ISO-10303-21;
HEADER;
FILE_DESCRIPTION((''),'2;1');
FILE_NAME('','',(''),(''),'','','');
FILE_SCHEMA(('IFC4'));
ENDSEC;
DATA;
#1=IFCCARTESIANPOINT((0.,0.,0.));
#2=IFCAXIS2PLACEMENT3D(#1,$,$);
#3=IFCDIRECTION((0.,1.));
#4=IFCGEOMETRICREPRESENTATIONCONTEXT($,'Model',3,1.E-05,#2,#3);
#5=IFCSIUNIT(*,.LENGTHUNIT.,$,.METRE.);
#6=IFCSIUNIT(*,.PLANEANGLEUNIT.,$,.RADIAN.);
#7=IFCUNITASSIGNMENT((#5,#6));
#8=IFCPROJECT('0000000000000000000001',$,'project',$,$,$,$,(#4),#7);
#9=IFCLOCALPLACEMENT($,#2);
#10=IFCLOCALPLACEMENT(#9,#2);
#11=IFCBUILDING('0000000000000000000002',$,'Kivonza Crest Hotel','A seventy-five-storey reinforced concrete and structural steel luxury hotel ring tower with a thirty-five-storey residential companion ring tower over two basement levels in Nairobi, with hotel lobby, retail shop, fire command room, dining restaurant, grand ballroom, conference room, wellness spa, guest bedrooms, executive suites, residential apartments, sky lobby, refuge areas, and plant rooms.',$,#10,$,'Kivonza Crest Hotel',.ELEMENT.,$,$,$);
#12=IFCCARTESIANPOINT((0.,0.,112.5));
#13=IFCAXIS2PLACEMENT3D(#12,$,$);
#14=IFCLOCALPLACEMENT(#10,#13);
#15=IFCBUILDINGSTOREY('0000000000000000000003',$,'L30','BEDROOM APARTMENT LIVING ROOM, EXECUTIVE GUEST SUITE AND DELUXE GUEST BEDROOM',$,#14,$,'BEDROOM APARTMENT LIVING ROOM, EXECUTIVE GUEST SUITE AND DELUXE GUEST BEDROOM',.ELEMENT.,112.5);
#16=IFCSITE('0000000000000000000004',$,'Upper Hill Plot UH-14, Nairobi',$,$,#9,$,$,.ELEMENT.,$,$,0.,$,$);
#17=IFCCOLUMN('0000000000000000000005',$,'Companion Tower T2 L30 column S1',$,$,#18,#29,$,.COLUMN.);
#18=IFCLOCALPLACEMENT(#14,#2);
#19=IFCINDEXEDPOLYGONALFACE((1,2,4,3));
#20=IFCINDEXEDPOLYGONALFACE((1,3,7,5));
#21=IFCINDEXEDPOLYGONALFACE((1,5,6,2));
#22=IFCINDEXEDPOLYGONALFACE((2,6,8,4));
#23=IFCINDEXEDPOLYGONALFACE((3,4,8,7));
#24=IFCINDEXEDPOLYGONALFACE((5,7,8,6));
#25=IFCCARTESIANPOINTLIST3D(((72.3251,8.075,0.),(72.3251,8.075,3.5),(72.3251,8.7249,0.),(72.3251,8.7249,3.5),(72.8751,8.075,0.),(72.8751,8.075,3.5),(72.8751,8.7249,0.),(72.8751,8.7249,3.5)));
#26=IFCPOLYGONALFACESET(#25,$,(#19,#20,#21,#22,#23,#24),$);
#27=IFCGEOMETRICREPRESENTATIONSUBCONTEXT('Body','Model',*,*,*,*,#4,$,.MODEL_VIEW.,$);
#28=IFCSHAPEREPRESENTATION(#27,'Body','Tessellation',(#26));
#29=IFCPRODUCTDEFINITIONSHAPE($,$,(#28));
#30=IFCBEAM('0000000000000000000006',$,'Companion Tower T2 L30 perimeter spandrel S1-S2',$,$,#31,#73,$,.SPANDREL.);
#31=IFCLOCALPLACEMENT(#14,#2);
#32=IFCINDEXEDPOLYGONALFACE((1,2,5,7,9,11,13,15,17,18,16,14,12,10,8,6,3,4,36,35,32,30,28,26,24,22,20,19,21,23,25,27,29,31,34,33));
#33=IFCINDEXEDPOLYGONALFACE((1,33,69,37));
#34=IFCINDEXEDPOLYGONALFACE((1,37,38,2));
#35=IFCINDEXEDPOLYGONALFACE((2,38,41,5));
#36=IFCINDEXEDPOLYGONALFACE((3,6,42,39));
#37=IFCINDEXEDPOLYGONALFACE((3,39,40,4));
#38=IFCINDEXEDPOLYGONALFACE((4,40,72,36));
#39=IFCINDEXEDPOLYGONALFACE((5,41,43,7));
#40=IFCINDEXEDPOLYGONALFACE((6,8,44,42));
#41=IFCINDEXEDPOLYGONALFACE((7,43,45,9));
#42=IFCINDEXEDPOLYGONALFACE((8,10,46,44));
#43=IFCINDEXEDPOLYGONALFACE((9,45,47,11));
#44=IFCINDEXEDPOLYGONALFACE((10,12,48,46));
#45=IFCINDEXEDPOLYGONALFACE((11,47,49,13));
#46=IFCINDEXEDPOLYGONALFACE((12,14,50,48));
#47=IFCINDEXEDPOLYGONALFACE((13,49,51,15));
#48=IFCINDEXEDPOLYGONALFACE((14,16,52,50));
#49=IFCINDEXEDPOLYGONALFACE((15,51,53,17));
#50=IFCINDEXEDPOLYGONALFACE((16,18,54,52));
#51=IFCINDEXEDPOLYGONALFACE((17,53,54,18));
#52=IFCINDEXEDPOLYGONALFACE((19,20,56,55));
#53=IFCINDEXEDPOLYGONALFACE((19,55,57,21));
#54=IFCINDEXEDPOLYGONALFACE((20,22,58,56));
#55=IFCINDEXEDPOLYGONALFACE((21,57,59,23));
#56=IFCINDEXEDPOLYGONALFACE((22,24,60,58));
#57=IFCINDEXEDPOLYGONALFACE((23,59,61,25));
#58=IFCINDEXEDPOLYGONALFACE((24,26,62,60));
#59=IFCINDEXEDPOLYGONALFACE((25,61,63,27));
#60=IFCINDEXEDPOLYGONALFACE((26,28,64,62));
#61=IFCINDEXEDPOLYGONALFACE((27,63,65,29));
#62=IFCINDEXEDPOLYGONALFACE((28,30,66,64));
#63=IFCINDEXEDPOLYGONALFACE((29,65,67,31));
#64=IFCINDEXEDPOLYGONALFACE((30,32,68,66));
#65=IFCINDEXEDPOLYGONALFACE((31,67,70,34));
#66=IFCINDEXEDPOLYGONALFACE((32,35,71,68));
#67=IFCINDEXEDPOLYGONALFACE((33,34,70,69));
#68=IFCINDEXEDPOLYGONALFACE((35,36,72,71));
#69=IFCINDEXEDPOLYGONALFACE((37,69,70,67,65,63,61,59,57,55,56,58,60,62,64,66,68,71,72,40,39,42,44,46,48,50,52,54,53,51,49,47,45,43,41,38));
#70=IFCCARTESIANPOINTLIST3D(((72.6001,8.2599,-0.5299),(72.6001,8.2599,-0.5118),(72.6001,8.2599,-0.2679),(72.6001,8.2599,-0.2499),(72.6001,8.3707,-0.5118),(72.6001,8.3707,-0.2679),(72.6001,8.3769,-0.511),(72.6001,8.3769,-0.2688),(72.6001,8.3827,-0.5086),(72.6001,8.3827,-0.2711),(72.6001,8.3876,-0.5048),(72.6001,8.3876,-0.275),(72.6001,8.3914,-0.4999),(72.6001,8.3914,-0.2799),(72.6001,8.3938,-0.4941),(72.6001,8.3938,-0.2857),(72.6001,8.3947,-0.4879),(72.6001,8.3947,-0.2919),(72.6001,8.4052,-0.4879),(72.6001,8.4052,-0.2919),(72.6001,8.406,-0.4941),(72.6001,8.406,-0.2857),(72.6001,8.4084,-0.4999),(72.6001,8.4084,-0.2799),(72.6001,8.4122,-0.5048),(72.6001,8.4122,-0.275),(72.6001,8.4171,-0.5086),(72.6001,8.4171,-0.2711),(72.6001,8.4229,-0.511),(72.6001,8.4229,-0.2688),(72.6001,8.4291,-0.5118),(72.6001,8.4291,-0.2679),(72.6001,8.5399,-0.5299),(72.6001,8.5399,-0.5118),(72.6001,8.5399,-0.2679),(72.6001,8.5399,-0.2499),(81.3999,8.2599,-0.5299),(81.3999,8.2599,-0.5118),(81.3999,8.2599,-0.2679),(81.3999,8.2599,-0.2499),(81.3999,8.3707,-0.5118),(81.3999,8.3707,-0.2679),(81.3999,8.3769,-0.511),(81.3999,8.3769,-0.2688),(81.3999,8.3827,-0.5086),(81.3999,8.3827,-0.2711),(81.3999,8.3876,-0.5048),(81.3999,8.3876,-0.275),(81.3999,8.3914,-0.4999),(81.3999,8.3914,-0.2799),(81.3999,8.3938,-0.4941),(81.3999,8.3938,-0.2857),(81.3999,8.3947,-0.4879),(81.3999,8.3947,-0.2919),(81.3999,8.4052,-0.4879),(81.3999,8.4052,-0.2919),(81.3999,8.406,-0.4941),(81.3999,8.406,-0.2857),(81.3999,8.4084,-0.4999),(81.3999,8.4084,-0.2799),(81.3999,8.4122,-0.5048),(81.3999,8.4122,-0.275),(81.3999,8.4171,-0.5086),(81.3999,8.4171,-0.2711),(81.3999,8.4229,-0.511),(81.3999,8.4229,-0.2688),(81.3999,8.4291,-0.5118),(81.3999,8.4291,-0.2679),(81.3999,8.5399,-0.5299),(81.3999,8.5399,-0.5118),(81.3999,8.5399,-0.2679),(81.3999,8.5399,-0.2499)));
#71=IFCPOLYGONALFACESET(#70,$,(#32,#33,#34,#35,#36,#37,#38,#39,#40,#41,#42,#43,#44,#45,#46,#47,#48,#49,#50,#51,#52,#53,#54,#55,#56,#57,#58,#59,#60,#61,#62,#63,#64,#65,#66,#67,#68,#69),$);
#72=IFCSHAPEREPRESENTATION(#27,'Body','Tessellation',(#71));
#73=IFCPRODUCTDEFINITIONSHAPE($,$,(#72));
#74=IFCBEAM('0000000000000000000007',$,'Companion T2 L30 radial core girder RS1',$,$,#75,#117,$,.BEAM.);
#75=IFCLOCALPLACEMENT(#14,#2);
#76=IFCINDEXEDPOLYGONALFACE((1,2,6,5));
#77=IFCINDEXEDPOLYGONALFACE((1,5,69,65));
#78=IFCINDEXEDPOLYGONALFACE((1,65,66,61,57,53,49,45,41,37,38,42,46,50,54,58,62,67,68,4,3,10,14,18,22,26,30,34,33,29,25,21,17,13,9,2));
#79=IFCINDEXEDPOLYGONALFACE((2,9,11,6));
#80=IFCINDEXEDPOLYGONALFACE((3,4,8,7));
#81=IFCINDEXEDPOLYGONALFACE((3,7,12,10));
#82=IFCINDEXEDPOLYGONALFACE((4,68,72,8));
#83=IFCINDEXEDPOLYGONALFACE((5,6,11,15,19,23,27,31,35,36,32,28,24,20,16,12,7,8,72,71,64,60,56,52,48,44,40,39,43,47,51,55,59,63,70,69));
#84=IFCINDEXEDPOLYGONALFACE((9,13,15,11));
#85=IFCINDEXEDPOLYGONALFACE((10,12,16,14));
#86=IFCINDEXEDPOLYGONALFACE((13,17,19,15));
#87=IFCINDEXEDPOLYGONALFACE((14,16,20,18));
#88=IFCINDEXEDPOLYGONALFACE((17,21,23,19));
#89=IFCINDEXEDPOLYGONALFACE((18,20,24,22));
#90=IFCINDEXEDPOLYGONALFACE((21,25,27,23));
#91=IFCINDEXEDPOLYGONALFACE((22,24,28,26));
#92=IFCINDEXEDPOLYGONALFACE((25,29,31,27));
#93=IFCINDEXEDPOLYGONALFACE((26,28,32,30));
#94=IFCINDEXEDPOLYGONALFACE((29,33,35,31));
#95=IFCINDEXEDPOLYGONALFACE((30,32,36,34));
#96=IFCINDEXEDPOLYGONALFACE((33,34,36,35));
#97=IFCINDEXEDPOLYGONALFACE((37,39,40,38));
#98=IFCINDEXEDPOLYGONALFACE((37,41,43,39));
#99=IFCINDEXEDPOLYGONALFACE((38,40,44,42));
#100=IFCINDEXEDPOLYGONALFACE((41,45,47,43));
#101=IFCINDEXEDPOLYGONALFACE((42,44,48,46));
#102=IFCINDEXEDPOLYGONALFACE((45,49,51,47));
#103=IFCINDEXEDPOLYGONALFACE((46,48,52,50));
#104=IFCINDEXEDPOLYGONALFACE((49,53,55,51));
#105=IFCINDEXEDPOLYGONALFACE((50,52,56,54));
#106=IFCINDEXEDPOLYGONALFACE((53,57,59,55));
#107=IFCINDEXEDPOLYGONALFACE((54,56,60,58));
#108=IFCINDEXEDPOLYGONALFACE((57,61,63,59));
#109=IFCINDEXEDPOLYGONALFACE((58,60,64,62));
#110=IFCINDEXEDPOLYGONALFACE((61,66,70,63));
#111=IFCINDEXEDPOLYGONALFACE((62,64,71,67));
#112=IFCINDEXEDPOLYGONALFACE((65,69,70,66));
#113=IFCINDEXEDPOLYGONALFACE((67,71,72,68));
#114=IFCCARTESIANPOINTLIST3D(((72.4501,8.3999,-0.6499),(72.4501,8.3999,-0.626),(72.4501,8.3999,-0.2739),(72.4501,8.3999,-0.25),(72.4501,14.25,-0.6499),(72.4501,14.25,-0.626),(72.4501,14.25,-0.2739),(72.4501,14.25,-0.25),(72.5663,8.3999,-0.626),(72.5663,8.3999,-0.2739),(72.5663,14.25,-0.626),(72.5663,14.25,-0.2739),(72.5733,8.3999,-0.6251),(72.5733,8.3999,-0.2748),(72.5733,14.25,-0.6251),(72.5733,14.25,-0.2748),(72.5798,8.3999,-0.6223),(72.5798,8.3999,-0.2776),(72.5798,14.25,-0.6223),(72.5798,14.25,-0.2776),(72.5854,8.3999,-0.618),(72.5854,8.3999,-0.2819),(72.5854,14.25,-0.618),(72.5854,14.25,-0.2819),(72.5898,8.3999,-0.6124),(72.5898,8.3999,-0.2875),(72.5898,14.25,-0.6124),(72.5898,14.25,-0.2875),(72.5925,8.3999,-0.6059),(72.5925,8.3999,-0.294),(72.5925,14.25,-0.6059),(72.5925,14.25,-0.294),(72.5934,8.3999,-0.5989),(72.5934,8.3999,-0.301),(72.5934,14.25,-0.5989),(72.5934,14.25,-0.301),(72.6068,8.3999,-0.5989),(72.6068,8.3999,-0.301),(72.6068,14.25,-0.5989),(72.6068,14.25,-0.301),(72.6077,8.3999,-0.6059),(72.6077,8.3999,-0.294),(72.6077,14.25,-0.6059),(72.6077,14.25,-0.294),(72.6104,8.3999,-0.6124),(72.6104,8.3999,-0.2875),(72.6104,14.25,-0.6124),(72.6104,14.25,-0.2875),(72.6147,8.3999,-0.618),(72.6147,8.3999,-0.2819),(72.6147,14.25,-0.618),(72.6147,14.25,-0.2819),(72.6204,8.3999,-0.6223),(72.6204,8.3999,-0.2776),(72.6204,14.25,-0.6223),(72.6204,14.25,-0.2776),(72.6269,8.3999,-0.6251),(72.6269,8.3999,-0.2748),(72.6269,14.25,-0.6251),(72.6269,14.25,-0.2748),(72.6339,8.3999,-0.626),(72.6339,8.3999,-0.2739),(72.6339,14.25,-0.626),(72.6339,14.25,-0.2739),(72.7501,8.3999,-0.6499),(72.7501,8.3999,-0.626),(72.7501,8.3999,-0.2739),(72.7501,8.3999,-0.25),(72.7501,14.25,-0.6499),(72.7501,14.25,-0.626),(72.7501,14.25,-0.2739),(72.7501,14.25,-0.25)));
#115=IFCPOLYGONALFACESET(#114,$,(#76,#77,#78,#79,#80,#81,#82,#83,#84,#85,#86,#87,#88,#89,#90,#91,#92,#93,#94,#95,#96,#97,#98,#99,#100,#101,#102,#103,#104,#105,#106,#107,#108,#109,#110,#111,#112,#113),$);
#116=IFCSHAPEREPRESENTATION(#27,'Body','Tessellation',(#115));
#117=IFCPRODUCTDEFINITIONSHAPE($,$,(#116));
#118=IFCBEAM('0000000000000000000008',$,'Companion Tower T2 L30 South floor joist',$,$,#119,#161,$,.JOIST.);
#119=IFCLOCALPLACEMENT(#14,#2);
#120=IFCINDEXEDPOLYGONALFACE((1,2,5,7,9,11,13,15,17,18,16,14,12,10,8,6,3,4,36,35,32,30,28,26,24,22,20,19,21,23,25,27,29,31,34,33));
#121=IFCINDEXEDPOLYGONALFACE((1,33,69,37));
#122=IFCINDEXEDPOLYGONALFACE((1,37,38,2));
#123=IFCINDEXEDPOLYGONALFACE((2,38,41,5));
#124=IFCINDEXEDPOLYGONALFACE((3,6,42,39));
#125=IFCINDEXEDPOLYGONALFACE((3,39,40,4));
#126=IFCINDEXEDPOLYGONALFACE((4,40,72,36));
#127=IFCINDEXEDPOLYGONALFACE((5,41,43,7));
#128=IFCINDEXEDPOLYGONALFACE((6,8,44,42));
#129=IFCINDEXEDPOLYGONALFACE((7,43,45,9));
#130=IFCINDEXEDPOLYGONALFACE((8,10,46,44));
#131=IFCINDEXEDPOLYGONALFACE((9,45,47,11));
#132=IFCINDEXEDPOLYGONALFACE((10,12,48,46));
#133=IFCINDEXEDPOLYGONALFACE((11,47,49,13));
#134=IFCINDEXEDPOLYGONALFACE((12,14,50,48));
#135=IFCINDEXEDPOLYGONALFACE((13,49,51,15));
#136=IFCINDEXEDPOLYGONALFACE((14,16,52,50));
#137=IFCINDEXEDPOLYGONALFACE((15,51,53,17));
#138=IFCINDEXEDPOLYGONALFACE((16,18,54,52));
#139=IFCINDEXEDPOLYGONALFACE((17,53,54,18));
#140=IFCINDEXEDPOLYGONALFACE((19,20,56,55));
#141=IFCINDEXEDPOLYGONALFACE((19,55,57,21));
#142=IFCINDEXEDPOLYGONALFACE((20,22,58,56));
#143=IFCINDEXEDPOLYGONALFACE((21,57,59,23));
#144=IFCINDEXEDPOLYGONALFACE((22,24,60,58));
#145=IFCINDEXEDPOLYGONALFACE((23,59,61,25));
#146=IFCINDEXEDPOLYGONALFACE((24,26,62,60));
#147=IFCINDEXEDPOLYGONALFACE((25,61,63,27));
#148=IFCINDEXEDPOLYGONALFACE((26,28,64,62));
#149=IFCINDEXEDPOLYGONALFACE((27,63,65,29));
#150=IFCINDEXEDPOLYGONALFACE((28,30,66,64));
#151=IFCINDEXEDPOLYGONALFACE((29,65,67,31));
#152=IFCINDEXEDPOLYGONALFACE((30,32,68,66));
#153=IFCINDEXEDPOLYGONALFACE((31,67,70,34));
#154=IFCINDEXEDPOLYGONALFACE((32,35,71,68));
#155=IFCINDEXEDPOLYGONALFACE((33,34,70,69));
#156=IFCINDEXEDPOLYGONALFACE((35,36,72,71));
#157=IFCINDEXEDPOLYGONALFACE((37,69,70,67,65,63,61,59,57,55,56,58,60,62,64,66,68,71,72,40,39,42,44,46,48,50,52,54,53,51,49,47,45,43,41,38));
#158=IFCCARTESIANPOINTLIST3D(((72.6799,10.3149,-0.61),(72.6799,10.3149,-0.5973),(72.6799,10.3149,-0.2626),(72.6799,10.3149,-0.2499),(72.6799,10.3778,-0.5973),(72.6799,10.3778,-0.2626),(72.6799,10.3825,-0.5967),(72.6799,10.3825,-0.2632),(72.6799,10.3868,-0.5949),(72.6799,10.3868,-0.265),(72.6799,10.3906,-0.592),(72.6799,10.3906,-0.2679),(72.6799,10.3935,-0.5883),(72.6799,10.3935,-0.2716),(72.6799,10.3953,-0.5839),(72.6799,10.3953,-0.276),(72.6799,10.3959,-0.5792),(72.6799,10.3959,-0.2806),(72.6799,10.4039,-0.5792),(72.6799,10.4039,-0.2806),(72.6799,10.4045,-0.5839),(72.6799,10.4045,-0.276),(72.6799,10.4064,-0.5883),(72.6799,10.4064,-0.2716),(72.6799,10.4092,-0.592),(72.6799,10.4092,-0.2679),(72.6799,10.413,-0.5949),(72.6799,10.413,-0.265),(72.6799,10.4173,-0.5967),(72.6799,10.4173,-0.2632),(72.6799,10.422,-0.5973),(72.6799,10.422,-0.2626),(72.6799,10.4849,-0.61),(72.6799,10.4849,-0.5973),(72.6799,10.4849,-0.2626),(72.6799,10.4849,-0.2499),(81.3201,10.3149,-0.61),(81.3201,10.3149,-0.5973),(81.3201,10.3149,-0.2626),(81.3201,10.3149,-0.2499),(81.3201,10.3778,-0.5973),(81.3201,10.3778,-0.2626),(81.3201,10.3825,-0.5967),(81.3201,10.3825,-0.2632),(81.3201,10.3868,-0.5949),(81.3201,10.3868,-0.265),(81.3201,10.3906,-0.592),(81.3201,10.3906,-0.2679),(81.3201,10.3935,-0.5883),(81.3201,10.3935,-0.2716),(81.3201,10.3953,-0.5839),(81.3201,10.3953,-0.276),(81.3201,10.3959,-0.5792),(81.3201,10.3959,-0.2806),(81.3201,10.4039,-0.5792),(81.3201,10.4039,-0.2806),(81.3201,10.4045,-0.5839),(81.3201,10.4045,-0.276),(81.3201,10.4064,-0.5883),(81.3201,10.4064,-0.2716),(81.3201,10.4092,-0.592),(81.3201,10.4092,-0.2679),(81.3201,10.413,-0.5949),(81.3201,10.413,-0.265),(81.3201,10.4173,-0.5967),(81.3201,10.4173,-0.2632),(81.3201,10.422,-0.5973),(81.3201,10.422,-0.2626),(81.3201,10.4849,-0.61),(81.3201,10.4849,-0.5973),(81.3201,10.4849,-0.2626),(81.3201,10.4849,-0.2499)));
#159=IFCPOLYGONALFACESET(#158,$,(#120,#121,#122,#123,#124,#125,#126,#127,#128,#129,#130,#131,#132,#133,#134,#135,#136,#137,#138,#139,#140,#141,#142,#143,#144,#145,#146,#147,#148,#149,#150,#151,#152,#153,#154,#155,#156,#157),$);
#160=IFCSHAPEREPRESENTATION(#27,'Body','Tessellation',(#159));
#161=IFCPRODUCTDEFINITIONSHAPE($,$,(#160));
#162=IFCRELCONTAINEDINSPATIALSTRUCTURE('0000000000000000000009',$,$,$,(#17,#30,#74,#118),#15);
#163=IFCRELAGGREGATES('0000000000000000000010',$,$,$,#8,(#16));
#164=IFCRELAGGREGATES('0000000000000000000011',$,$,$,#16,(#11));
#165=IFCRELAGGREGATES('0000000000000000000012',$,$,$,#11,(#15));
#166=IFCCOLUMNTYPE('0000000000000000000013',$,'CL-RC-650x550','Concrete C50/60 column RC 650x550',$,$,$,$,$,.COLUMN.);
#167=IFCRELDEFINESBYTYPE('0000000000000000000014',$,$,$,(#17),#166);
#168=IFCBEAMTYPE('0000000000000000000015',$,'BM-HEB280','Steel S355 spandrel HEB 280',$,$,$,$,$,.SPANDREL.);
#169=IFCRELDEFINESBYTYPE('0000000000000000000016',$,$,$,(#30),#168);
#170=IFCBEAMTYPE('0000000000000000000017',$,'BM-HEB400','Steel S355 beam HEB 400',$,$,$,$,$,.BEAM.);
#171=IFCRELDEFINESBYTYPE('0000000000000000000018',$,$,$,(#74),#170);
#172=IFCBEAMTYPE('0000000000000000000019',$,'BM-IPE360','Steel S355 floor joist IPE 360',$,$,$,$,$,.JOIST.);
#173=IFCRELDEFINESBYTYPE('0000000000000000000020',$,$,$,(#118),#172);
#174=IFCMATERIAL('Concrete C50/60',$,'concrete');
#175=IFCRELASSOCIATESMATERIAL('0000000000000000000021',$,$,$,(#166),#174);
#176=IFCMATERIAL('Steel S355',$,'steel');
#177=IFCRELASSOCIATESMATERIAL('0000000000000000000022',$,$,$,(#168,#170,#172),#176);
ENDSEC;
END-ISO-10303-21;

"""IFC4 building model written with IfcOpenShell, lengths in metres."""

from ifc_helpers import new_model, si_unit, direction, frame, origin, origin_2d, place, context, subcontext, project, spatial, rectangle, i_section, extrude, material, material_profile, profile_set, type_object, element, save


model = new_model("IFC4")

# Units and contexts
model_context = context("Model", 3, precision=1e-05, world=origin(), true_north=direction((0.0, 1.0)))
body_context = subcontext(model_context, "Body", "Model", "MODEL_VIEW")
ifc_project = project(units=[si_unit("LENGTHUNIT", "METRE"), si_unit("PLANEANGLEUNIT", "RADIAN")], contexts=[model_context])

# Site, building, storey
site_placement = place(None, origin())
site = spatial("IfcSite", under=ifc_project, at=site_placement, Name="Upper Hill Plot UH-14, Nairobi", CompositionType="ELEMENT", RefElevation=0.0)
building_placement = place(site_placement, origin())
building = spatial("IfcBuilding", under=site, at=building_placement, Name="Kivonza Crest Hotel", Description="A seventy-five-storey reinforced concrete and structural steel luxury hotel ring tower with a thirty-five-storey residential companion ring tower over two basement levels in Nairobi, with hotel lobby, retail shop, fire command room, dining restaurant, grand ballroom, conference room, wellness spa, guest bedrooms, executive suites, residential apartments, sky lobby, refuge areas, and plant rooms.", LongName="Kivonza Crest Hotel", CompositionType="ELEMENT")
storey_placement = place(building_placement, frame((0.0, 0.0, 112.5)))
storey = spatial("IfcBuildingStorey", under=building, at=storey_placement, Name="L30", Description="BEDROOM APARTMENT LIVING ROOM, EXECUTIVE GUEST SUITE AND DELUXE GUEST BEDROOM", LongName="BEDROOM APARTMENT LIVING ROOM, EXECUTIVE GUEST SUITE AND DELUXE GUEST BEDROOM", CompositionType="ELEMENT", Elevation=112.5)

# Column
ifc_material_1 = material(Name="Concrete C50/60", Category="concrete")
ifc_material_profile_1 = material_profile(ifc_material_1, rectangle(XDim=0.55, YDim=0.6499, at=origin_2d()), Name="RC 650x550")
ifc_profile_set_1 = profile_set([ifc_material_profile_1], Name="Concrete C50/60")
column_type = type_object("IfcColumnType", Name="CL-RC-650x550", Description="Concrete C50/60 column RC 650x550", PredefinedType="COLUMN", material=ifc_profile_set_1)
column_placement = place(storey_placement, frame((72.6001, 8.3999, 0.0), z_axis=(0.0, 0.0, 1.0), x_axis=(1.0, 0.0, 0.0)))
element("IfcColumn", 1, at=column_placement, inside=storey, type_object=column_type, Name="Companion Tower T2 L30 column S1", PredefinedType="COLUMN", context=body_context, shape_type="SweptSolid", body=[
    extrude(rectangle(XDim=0.55, YDim=0.6499, at=origin_2d()), origin(), (0.0, 0.0, 1.0), 3.5),
])

# Beams
ifc_material_2 = material(Name="Steel S355", Category="steel")
ifc_material_profile_2 = material_profile(ifc_material_2, i_section(OverallWidth=0.28, OverallDepth=0.28, WebThickness=0.0105, FlangeThickness=0.0181, FilletRadius=0.0239, at=origin_2d()), Name="HEB 280")
ifc_profile_set_2 = profile_set([ifc_material_profile_2], Name="Steel S355")
beam_type_1 = type_object("IfcBeamType", Name="BM-HEB280", Description="Steel S355 spandrel HEB 280", PredefinedType="SPANDREL", material=ifc_profile_set_2)
beam_1_placement = place(storey_placement, frame((72.6001, 8.3999, -0.3899), z_axis=(1.0, 0.0, 0.0), x_axis=(0.0, 1.0, 0.0)))
element("IfcBeam", 2, at=beam_1_placement, inside=storey, type_object=beam_type_1, Name="Companion Tower T2 L30 perimeter spandrel S1-S2", PredefinedType="SPANDREL", context=body_context, shape_type="SweptSolid", body=[
    extrude(i_section(OverallWidth=0.28, OverallDepth=0.28, WebThickness=0.0105, FlangeThickness=0.0181, FilletRadius=0.0239, at=origin_2d()), origin(), (0.0, 0.0, 1.0), 8.7998),
])
ifc_material_profile_3 = material_profile(ifc_material_2, i_section(OverallWidth=0.3, OverallDepth=0.3999, WebThickness=0.0134, FlangeThickness=0.0239, FilletRadius=0.0271, at=origin_2d()), Name="HEB 400")
ifc_profile_set_3 = profile_set([ifc_material_profile_3], Name="Steel S355")
beam_type_2 = type_object("IfcBeamType", Name="BM-HEB400", Description="Steel S355 beam HEB 400", PredefinedType="BEAM", material=ifc_profile_set_3)
beam_2_placement = place(storey_placement, frame((72.6001, 8.3999, -0.45), z_axis=(0.0, 1.0, 0.0), x_axis=(-1.0, 0.0, 0.0)))
element("IfcBeam", 3, at=beam_2_placement, inside=storey, type_object=beam_type_2, Name="Companion T2 L30 radial core girder RS1", PredefinedType="BEAM", context=body_context, shape_type="SweptSolid", body=[
    extrude(i_section(OverallWidth=0.3, OverallDepth=0.3999, WebThickness=0.0134, FlangeThickness=0.0239, FilletRadius=0.0271, at=origin_2d()), origin(), (0.0, 0.0, 1.0), 5.8501),
])
ifc_material_profile_4 = material_profile(ifc_material_2, i_section(OverallWidth=0.1699, OverallDepth=0.3601, WebThickness=0.0081, FlangeThickness=0.0127, FilletRadius=0.0181, at=origin_2d()), Name="IPE 360")
ifc_profile_set_4 = profile_set([ifc_material_profile_4], Name="Steel S355")
beam_type_3 = type_object("IfcBeamType", Name="BM-IPE360", Description="Steel S355 floor joist IPE 360", PredefinedType="JOIST", material=ifc_profile_set_4)
beam_3_placement = place(storey_placement, frame((72.6799, 10.3999, -0.4299), z_axis=(1.0, 0.0, 0.0), x_axis=(0.0, 1.0, 0.0)))
element("IfcBeam", 4, at=beam_3_placement, inside=storey, type_object=beam_type_3, Name="Companion Tower T2 L30 South floor joist", PredefinedType="JOIST", context=body_context, shape_type="SweptSolid", body=[
    extrude(i_section(OverallWidth=0.1699, OverallDepth=0.3601, WebThickness=0.0081, FlangeThickness=0.0127, FilletRadius=0.0181, at=origin_2d()), origin(), (0.0, 0.0, 1.0), 8.6401),
])

save(model, "model.ifc")
